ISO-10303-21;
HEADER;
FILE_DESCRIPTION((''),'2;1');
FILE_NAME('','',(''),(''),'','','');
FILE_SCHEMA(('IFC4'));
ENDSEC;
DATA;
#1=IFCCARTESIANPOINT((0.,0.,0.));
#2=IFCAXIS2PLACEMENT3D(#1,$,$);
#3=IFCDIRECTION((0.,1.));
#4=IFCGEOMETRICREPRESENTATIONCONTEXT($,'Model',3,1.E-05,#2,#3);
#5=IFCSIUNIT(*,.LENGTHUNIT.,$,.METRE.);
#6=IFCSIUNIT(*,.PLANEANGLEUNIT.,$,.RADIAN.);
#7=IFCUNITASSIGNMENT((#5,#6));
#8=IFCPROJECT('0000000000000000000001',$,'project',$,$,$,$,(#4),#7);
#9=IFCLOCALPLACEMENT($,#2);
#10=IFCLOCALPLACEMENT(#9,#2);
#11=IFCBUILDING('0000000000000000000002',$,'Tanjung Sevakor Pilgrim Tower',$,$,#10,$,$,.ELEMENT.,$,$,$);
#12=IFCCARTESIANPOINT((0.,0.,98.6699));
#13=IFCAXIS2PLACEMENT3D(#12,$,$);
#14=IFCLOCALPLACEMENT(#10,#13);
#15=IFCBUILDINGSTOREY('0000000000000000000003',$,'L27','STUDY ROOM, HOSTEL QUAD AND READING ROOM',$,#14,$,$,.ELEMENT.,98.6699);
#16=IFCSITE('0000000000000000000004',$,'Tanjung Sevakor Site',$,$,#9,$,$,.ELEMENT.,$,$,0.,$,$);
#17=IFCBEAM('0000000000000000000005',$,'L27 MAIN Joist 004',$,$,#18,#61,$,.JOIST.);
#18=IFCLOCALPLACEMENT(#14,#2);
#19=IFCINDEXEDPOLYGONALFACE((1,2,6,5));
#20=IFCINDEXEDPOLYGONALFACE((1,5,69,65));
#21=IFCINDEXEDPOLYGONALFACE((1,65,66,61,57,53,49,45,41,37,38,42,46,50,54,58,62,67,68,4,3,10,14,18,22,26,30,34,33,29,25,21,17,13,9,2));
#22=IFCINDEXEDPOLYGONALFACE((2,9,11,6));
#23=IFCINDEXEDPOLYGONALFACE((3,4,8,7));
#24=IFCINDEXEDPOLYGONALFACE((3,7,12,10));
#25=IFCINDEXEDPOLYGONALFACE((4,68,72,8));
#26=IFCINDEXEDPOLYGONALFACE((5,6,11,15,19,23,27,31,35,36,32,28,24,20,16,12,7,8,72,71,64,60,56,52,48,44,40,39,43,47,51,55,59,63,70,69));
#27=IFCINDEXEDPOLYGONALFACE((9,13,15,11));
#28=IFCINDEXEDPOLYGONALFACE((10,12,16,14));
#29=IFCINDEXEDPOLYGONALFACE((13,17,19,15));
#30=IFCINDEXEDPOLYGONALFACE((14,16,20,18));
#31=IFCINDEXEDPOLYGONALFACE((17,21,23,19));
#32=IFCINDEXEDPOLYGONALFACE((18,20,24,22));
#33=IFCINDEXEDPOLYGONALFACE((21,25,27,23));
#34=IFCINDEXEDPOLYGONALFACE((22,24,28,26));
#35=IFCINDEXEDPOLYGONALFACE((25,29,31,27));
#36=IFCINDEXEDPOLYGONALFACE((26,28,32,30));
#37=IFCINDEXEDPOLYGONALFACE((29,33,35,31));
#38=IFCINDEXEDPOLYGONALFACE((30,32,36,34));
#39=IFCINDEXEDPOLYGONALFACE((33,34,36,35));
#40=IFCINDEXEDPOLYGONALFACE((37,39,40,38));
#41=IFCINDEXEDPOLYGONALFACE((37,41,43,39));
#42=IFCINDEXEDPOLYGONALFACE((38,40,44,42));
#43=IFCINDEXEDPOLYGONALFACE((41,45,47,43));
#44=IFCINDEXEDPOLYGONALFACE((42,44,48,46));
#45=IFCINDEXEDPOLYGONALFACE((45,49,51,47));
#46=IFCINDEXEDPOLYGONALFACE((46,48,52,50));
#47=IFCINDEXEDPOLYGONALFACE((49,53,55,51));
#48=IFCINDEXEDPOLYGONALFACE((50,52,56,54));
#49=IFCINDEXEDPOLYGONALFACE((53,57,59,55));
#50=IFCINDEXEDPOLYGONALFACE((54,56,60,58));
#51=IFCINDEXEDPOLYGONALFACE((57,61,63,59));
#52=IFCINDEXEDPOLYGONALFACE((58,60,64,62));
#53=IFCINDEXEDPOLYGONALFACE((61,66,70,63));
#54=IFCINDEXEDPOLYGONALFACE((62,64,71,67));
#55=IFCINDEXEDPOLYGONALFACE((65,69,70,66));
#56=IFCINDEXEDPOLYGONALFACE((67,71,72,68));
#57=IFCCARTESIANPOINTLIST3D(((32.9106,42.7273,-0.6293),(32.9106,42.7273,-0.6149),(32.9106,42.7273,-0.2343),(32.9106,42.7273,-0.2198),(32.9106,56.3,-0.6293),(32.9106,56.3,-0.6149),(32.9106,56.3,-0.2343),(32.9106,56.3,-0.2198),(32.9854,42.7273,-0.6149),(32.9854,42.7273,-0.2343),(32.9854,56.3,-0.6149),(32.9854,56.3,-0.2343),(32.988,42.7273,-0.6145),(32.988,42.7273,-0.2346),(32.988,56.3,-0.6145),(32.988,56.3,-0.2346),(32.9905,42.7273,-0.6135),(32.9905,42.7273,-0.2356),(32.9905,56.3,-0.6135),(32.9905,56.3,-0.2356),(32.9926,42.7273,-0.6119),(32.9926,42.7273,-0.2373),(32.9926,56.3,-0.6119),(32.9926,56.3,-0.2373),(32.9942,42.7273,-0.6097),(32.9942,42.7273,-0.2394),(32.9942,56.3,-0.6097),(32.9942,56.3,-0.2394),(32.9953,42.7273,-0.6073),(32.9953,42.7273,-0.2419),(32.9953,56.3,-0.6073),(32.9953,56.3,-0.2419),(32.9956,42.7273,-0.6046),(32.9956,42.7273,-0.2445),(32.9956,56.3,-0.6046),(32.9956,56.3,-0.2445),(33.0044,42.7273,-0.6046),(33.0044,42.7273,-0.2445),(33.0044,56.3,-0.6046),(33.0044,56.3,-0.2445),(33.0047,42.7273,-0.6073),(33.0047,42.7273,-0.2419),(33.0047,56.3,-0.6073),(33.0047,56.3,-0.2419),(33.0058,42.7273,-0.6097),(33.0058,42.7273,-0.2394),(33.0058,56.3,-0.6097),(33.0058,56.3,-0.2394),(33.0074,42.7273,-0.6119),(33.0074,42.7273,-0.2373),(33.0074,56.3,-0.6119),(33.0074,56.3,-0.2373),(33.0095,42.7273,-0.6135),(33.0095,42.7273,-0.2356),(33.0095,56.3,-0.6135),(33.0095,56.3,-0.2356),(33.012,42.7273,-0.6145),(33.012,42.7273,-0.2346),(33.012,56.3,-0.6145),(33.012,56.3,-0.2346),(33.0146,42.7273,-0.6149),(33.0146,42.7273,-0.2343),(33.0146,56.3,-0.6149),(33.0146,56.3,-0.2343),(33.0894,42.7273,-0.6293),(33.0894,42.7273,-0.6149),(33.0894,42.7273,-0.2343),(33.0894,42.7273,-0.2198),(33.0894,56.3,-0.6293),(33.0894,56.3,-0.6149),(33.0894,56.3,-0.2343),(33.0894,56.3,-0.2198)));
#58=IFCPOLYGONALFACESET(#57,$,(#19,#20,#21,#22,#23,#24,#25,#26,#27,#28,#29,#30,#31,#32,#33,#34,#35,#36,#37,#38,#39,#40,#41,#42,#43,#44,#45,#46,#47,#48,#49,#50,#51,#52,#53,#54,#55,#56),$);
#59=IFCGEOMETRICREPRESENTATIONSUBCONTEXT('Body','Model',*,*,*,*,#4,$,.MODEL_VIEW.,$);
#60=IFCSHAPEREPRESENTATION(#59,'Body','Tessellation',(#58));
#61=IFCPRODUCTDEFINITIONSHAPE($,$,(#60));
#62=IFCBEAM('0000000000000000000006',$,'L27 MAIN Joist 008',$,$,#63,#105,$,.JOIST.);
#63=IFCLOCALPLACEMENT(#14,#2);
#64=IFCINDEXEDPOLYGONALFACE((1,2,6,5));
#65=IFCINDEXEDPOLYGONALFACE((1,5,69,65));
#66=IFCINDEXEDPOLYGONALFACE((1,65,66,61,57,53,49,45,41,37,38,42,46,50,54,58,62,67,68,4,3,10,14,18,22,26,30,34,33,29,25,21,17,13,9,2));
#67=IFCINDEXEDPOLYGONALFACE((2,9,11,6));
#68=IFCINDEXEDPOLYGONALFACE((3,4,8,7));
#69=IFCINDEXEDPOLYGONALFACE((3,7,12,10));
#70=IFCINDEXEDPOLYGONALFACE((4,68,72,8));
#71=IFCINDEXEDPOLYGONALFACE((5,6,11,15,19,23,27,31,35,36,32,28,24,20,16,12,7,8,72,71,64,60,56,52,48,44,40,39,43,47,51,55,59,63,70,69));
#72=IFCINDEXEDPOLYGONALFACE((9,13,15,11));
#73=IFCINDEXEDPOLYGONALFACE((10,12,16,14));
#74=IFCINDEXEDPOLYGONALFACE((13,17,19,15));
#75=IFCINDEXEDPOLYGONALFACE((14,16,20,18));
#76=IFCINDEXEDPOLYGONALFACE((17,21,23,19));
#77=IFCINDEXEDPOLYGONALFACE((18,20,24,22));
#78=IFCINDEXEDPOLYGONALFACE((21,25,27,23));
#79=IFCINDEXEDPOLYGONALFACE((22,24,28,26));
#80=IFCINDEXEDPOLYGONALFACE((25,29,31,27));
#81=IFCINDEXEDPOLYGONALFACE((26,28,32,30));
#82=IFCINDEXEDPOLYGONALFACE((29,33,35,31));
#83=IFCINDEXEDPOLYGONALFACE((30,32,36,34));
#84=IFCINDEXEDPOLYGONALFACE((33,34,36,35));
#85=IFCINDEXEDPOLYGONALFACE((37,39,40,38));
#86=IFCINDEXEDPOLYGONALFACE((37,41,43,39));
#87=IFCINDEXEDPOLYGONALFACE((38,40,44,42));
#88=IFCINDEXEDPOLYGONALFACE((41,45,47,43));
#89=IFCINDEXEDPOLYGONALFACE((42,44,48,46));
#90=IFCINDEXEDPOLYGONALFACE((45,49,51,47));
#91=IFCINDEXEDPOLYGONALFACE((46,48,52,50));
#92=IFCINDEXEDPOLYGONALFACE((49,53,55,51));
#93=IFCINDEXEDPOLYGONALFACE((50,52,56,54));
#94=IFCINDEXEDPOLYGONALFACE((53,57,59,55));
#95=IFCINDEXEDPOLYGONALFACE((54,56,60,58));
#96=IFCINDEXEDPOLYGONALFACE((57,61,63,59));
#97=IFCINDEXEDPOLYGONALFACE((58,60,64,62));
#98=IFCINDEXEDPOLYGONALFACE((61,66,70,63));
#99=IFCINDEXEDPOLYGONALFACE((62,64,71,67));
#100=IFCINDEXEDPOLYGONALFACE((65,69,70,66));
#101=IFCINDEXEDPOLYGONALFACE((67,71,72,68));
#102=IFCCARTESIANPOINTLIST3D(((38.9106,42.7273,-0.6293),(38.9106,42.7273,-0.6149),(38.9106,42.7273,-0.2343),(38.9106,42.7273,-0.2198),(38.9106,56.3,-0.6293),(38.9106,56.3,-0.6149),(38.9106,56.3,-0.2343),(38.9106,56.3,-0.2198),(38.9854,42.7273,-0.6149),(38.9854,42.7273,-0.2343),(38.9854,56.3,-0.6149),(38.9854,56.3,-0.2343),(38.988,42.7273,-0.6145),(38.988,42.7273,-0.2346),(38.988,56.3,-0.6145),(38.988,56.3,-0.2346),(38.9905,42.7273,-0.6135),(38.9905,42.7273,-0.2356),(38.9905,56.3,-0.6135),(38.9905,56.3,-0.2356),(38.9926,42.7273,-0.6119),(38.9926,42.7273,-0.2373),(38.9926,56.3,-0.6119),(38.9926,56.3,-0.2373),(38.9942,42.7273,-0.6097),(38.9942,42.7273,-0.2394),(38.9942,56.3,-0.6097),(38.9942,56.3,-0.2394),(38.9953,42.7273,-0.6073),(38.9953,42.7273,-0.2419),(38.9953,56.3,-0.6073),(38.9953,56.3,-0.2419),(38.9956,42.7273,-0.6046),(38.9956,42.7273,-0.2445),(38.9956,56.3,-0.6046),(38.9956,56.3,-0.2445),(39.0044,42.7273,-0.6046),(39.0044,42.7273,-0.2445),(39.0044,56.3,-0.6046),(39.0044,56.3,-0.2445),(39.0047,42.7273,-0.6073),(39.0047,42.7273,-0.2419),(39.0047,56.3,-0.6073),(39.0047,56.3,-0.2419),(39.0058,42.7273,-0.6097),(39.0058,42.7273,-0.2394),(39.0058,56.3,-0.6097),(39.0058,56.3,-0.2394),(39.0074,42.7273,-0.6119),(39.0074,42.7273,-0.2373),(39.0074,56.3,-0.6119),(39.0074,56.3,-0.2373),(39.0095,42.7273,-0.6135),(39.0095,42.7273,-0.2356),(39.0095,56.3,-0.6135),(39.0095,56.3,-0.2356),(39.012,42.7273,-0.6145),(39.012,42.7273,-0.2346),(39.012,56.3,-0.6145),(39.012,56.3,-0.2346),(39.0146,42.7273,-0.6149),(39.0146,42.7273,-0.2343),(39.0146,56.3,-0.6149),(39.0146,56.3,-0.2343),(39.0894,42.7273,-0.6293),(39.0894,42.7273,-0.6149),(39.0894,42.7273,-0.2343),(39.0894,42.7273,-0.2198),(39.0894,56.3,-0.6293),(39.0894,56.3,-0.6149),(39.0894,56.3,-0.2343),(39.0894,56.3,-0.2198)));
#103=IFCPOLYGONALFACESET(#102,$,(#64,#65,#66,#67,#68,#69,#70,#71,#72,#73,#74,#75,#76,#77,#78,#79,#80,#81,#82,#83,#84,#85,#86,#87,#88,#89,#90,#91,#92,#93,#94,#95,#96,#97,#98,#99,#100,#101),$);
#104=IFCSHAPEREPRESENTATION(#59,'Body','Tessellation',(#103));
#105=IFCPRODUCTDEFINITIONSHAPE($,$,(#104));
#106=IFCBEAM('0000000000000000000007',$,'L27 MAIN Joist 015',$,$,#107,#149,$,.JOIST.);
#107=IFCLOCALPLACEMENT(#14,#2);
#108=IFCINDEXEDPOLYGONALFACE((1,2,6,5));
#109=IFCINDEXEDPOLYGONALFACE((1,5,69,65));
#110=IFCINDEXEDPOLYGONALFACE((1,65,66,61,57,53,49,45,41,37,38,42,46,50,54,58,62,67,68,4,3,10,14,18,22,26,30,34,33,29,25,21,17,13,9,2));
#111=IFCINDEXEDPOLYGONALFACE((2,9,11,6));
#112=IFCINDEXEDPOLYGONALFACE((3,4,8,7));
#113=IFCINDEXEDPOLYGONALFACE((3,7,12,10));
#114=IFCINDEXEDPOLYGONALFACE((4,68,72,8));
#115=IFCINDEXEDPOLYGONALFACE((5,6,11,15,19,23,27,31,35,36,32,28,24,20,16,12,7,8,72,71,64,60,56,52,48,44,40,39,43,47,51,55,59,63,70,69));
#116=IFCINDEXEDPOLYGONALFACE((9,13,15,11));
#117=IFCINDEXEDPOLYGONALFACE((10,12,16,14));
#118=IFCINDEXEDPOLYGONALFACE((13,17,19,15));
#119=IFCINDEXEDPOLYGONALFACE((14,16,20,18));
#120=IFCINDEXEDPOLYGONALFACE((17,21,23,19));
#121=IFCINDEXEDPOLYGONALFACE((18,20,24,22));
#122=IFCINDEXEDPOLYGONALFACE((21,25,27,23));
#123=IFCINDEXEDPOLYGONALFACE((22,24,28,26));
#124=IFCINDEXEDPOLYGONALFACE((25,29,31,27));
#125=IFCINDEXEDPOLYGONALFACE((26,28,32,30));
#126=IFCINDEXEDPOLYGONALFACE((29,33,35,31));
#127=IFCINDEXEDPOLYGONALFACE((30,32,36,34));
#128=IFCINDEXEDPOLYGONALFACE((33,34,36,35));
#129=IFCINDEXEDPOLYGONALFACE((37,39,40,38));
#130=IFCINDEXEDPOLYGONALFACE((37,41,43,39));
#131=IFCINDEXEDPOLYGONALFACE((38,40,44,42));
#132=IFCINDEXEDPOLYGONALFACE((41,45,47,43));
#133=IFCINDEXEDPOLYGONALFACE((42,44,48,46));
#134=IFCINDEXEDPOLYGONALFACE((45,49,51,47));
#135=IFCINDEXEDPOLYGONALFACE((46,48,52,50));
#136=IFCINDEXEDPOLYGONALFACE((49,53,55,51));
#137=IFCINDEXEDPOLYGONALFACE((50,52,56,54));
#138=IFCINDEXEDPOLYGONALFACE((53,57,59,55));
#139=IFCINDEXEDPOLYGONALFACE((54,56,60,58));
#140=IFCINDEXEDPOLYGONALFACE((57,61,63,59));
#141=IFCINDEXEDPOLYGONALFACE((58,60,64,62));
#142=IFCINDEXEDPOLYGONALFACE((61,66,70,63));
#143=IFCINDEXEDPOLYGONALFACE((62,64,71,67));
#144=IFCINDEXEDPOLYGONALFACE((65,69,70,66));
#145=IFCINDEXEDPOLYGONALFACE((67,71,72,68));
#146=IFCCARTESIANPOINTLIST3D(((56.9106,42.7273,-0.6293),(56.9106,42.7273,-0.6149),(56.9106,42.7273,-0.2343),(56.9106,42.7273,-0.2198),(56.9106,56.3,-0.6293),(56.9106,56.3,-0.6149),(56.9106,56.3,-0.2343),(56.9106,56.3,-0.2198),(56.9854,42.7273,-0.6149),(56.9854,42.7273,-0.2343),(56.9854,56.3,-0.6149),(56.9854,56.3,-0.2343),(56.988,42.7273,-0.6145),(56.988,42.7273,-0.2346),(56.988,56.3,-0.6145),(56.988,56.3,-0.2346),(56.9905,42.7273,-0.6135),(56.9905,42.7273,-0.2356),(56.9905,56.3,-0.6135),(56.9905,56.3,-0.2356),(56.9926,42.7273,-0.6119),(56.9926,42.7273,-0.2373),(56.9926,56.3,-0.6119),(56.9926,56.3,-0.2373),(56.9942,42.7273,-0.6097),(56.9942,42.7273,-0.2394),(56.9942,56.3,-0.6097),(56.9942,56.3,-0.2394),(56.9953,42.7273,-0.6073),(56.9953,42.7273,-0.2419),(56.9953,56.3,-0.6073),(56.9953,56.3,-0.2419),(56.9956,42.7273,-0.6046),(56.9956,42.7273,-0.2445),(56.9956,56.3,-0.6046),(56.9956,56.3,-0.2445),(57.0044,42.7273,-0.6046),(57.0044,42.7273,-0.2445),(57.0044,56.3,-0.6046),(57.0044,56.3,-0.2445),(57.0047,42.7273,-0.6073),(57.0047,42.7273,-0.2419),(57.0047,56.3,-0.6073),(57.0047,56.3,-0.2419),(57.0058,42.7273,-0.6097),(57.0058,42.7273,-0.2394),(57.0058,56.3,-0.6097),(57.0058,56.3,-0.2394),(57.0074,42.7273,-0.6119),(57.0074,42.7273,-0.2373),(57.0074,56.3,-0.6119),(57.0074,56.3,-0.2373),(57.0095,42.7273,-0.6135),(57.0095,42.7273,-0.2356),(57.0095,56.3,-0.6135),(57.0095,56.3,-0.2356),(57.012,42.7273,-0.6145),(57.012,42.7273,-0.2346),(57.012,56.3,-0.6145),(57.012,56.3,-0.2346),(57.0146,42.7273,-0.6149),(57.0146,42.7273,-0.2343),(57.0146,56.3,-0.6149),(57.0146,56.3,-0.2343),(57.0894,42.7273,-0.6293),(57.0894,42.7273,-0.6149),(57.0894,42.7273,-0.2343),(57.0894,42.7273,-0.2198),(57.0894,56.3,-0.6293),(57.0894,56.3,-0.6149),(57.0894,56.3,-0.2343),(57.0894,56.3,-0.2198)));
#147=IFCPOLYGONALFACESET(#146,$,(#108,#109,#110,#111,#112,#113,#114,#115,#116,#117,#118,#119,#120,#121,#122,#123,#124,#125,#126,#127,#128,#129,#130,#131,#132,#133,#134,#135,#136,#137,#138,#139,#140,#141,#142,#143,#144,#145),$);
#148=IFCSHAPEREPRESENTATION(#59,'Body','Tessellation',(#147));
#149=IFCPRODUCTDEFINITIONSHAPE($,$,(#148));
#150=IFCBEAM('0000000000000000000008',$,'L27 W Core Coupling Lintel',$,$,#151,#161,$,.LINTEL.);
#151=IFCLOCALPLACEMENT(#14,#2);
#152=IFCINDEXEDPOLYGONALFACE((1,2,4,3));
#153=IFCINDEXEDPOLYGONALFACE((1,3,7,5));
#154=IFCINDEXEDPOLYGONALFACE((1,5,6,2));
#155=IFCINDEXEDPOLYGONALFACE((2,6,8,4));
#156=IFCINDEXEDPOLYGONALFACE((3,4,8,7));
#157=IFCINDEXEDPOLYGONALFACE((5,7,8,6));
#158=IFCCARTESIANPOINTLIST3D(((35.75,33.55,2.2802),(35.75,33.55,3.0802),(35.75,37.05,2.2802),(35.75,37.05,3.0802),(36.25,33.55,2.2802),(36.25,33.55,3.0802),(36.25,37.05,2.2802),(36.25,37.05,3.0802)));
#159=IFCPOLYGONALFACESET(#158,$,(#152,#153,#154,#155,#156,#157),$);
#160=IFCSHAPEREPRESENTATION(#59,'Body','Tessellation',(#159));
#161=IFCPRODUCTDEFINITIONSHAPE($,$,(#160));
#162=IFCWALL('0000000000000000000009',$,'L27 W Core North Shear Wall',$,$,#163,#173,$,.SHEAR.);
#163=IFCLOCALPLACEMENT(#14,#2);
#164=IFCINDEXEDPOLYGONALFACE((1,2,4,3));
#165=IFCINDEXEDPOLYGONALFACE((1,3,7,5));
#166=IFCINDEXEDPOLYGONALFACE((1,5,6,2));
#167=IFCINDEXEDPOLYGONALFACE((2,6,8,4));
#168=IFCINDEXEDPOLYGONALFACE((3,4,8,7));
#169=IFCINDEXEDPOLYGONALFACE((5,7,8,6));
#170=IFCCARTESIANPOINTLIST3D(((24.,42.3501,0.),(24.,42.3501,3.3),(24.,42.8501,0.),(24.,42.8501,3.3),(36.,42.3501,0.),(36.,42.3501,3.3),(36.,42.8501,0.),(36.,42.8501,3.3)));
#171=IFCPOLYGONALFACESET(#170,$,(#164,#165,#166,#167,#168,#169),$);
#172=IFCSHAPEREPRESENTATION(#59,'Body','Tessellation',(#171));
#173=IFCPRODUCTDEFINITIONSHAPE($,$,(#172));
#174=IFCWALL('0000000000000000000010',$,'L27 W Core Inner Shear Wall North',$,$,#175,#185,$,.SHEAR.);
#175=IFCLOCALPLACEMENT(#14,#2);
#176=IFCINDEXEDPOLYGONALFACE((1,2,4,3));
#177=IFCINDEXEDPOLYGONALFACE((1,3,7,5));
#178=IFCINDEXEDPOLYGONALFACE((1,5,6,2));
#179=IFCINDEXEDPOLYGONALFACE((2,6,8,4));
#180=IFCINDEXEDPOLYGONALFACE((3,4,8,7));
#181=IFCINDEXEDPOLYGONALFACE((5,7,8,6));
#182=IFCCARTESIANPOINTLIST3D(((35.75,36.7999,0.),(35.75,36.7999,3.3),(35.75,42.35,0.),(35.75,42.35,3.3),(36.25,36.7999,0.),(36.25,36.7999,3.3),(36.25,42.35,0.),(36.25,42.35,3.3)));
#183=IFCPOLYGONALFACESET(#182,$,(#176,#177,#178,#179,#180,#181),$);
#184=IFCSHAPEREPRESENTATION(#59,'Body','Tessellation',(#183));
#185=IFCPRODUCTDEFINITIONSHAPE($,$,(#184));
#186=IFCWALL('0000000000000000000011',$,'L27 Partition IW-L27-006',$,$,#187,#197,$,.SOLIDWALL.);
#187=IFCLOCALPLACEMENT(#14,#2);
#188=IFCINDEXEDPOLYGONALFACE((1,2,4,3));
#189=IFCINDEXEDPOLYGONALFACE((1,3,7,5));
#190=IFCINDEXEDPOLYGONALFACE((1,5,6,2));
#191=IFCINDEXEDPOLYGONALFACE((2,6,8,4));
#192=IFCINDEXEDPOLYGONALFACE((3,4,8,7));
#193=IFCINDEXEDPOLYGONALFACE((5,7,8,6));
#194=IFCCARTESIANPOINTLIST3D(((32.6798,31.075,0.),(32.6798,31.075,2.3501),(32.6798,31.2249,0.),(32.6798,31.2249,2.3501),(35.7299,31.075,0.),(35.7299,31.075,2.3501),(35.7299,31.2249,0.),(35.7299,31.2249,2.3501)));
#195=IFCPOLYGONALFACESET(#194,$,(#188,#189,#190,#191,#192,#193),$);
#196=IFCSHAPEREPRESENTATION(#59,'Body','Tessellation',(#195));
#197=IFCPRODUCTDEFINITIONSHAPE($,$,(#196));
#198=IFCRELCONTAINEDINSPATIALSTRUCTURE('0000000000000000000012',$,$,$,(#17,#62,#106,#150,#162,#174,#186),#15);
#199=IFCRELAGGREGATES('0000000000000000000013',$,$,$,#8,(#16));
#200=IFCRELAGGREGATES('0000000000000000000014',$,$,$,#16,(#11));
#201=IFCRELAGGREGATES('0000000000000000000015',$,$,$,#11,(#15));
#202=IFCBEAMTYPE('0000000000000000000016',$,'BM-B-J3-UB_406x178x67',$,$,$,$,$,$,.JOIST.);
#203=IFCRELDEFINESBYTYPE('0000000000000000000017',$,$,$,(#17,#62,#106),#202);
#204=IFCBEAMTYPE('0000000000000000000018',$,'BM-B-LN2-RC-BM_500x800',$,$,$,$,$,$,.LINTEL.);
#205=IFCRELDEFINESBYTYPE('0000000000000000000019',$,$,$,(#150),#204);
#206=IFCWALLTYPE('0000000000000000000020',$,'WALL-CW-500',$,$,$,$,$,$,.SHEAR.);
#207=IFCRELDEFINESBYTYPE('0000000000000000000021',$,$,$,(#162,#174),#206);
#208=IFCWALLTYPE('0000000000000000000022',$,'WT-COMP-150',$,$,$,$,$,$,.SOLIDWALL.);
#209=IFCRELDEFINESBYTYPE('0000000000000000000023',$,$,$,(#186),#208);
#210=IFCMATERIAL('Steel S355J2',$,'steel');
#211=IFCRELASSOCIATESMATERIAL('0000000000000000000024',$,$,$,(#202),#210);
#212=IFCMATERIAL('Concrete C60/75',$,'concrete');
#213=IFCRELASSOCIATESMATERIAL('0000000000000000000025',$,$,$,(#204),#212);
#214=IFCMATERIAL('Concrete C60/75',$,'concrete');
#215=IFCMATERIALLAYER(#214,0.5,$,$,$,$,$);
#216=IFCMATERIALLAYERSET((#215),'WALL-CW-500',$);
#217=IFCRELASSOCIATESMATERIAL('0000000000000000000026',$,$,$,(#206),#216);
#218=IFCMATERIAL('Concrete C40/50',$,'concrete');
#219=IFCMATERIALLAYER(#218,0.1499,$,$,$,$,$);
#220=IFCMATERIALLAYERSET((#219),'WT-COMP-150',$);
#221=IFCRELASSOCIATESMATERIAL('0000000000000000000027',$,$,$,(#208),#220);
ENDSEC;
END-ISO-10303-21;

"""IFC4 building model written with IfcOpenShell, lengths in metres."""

from ifc_helpers import new_model, si_unit, direction, frame, frame_2d, origin, origin_2d, place, context, subcontext, project, spatial, rectangle, i_section, extrude, material, layer, layer_set, material_profile, profile_set, type_object, element, save


model = new_model("IFC4")

# Units and contexts
model_context = context("Model", 3, precision=1e-05, world=origin(), true_north=direction((0.0, 1.0)))
body_context = subcontext(model_context, "Body", "Model", "MODEL_VIEW")
ifc_project = project(units=[si_unit("LENGTHUNIT", "METRE"), si_unit("PLANEANGLEUNIT", "RADIAN")], contexts=[model_context])

# Site, building, storey
site_placement = place(None, origin())
site = spatial("IfcSite", under=ifc_project, at=site_placement, Name="Tanjung Sevakor Site", CompositionType="ELEMENT", RefElevation=0.0)
building_placement = place(site_placement, origin())
building = spatial("IfcBuilding", under=site, at=building_placement, Name="Tanjung Sevakor Pilgrim Tower", CompositionType="ELEMENT")
storey_placement = place(building_placement, frame((0.0, 0.0, 98.6699)))
storey = spatial("IfcBuildingStorey", under=building, at=storey_placement, Name="L27", Description="STUDY ROOM, HOSTEL QUAD AND READING ROOM", CompositionType="ELEMENT", Elevation=98.6699)

# Beams
ifc_material_1 = material(Name="Steel S355J2", Category="steel")
ifc_material_profile_1 = material_profile(ifc_material_1, i_section(OverallWidth=0.1787, OverallDepth=0.4094, WebThickness=0.0088, FlangeThickness=0.0144, FilletRadius=0.0103, at=origin_2d()))
ifc_profile_set_1 = profile_set([ifc_material_profile_1], Name="Steel S355J2")
beam_type_1 = type_object("IfcBeamType", Name="BM-B-J3-UB_406x178x67", PredefinedType="JOIST", material=ifc_profile_set_1)
for number, where, z_axis, x_axis, name in (
    (1, (33.0, 42.7273, -0.4246), (0.0, 1.0, 0.0), (-1.0, 0.0, 0.0), "L27 MAIN Joist 004"),
    (2, (39.0, 42.7273, -0.4246), (0.0, 1.0, 0.0), (-1.0, 0.0, 0.0), "L27 MAIN Joist 008"),
    (3, (57.0, 42.7273, -0.4246), (0.0, 1.0, 0.0), (-1.0, 0.0, 0.0), "L27 MAIN Joist 015"),
):
    element("IfcBeam", number, at=place(storey_placement, frame(where, z_axis=z_axis, x_axis=x_axis)), inside=storey, type_object=beam_type_1, Name=name, PredefinedType="JOIST", context=body_context, shape_type="SweptSolid", body=[
        extrude(i_section(OverallWidth=0.1787, OverallDepth=0.4094, WebThickness=0.0088, FlangeThickness=0.0144, FilletRadius=0.0103, at=origin_2d()), origin(), (0.0, 0.0, 1.0), 13.5728),
    ])
ifc_material_2 = material(Name="Concrete C60/75", Category="concrete")
ifc_material_profile_2 = material_profile(ifc_material_2, rectangle(XDim=0.5, YDim=0.8, at=origin_2d()))
ifc_profile_set_2 = profile_set([ifc_material_profile_2], Name="Concrete C60/75")
beam_type_2 = type_object("IfcBeamType", Name="BM-B-LN2-RC-BM_500x800", PredefinedType="LINTEL", material=ifc_profile_set_2)
beam_1_placement = place(storey_placement, frame((36.0, 33.55, 2.6802), z_axis=(0.0, 1.0, 0.0), x_axis=(-1.0, 0.0, 0.0)))
element("IfcBeam", 4, at=beam_1_placement, inside=storey, type_object=beam_type_2, Name="L27 W Core Coupling Lintel", PredefinedType="LINTEL", context=body_context, shape_type="SweptSolid", body=[
    extrude(rectangle(XDim=0.5, YDim=0.8, at=origin_2d()), origin(), (0.0, 0.0, 1.0), 3.5),
])

# Walls
ifc_material_3 = material(Name="Concrete C60/75", Category="concrete")
ifc_layer_1 = layer(ifc_material_3, 0.5)
ifc_layer_set_1 = layer_set([ifc_layer_1], Name="WALL-CW-500")
wall_type_1 = type_object("IfcWallType", Name="WALL-CW-500", PredefinedType="SHEAR", material=ifc_layer_set_1)
wall_1_placement = place(storey_placement, frame((36.0, 42.6001, 0.0), z_axis=(0.0, 0.0, 1.0), x_axis=(-1.0, 0.0, 0.0)))
element("IfcWall", 5, at=wall_1_placement, inside=storey, type_object=wall_type_1, Name="L27 W Core North Shear Wall", PredefinedType="SHEAR", context=body_context, shape_type="SweptSolid", body=[
    extrude(rectangle(XDim=12.0, YDim=0.5, at=frame_2d((6.0, 0.0))), origin(), (0.0, 0.0, 1.0), 3.3),
])
wall_2_placement = place(storey_placement, frame((36.0, 36.8, 0.0), z_axis=(0.0, 0.0, 1.0), x_axis=(0.0, 1.0, 0.0)))
element("IfcWall", 6, at=wall_2_placement, inside=storey, type_object=wall_type_1, Name="L27 W Core Inner Shear Wall North", PredefinedType="SHEAR", context=body_context, shape_type="SweptSolid", body=[
    extrude(rectangle(XDim=5.55, YDim=0.5, at=frame_2d((2.7749, 0.0))), origin(), (0.0, 0.0, 1.0), 3.3),
])
ifc_material_4 = material(Name="Concrete C40/50", Category="concrete")
ifc_layer_2 = layer(ifc_material_4, 0.1499)
ifc_layer_set_2 = layer_set([ifc_layer_2], Name="WT-COMP-150")
wall_type_2 = type_object("IfcWallType", Name="WT-COMP-150", PredefinedType="SOLIDWALL", material=ifc_layer_set_2)
for number, where, z_axis, x_axis, name in (
    (7, (32.6799, 31.1499, 0.0), (0.0, 0.0, 1.0), (1.0, 0.0, 0.0), "L27 Partition IW-L27-006"),
):
    element("IfcWall", number, at=place(storey_placement, frame(where, z_axis=z_axis, x_axis=x_axis)), inside=storey, type_object=wall_type_2, Name=name, PredefinedType="SOLIDWALL", context=body_context, shape_type="SweptSolid", body=[
        extrude(rectangle(XDim=3.05, YDim=0.1499, at=frame_2d((1.5249, 0.0))), origin(), (0.0, 0.0, 1.0), 2.3501),
    ])

save(model, "model.ifc")
